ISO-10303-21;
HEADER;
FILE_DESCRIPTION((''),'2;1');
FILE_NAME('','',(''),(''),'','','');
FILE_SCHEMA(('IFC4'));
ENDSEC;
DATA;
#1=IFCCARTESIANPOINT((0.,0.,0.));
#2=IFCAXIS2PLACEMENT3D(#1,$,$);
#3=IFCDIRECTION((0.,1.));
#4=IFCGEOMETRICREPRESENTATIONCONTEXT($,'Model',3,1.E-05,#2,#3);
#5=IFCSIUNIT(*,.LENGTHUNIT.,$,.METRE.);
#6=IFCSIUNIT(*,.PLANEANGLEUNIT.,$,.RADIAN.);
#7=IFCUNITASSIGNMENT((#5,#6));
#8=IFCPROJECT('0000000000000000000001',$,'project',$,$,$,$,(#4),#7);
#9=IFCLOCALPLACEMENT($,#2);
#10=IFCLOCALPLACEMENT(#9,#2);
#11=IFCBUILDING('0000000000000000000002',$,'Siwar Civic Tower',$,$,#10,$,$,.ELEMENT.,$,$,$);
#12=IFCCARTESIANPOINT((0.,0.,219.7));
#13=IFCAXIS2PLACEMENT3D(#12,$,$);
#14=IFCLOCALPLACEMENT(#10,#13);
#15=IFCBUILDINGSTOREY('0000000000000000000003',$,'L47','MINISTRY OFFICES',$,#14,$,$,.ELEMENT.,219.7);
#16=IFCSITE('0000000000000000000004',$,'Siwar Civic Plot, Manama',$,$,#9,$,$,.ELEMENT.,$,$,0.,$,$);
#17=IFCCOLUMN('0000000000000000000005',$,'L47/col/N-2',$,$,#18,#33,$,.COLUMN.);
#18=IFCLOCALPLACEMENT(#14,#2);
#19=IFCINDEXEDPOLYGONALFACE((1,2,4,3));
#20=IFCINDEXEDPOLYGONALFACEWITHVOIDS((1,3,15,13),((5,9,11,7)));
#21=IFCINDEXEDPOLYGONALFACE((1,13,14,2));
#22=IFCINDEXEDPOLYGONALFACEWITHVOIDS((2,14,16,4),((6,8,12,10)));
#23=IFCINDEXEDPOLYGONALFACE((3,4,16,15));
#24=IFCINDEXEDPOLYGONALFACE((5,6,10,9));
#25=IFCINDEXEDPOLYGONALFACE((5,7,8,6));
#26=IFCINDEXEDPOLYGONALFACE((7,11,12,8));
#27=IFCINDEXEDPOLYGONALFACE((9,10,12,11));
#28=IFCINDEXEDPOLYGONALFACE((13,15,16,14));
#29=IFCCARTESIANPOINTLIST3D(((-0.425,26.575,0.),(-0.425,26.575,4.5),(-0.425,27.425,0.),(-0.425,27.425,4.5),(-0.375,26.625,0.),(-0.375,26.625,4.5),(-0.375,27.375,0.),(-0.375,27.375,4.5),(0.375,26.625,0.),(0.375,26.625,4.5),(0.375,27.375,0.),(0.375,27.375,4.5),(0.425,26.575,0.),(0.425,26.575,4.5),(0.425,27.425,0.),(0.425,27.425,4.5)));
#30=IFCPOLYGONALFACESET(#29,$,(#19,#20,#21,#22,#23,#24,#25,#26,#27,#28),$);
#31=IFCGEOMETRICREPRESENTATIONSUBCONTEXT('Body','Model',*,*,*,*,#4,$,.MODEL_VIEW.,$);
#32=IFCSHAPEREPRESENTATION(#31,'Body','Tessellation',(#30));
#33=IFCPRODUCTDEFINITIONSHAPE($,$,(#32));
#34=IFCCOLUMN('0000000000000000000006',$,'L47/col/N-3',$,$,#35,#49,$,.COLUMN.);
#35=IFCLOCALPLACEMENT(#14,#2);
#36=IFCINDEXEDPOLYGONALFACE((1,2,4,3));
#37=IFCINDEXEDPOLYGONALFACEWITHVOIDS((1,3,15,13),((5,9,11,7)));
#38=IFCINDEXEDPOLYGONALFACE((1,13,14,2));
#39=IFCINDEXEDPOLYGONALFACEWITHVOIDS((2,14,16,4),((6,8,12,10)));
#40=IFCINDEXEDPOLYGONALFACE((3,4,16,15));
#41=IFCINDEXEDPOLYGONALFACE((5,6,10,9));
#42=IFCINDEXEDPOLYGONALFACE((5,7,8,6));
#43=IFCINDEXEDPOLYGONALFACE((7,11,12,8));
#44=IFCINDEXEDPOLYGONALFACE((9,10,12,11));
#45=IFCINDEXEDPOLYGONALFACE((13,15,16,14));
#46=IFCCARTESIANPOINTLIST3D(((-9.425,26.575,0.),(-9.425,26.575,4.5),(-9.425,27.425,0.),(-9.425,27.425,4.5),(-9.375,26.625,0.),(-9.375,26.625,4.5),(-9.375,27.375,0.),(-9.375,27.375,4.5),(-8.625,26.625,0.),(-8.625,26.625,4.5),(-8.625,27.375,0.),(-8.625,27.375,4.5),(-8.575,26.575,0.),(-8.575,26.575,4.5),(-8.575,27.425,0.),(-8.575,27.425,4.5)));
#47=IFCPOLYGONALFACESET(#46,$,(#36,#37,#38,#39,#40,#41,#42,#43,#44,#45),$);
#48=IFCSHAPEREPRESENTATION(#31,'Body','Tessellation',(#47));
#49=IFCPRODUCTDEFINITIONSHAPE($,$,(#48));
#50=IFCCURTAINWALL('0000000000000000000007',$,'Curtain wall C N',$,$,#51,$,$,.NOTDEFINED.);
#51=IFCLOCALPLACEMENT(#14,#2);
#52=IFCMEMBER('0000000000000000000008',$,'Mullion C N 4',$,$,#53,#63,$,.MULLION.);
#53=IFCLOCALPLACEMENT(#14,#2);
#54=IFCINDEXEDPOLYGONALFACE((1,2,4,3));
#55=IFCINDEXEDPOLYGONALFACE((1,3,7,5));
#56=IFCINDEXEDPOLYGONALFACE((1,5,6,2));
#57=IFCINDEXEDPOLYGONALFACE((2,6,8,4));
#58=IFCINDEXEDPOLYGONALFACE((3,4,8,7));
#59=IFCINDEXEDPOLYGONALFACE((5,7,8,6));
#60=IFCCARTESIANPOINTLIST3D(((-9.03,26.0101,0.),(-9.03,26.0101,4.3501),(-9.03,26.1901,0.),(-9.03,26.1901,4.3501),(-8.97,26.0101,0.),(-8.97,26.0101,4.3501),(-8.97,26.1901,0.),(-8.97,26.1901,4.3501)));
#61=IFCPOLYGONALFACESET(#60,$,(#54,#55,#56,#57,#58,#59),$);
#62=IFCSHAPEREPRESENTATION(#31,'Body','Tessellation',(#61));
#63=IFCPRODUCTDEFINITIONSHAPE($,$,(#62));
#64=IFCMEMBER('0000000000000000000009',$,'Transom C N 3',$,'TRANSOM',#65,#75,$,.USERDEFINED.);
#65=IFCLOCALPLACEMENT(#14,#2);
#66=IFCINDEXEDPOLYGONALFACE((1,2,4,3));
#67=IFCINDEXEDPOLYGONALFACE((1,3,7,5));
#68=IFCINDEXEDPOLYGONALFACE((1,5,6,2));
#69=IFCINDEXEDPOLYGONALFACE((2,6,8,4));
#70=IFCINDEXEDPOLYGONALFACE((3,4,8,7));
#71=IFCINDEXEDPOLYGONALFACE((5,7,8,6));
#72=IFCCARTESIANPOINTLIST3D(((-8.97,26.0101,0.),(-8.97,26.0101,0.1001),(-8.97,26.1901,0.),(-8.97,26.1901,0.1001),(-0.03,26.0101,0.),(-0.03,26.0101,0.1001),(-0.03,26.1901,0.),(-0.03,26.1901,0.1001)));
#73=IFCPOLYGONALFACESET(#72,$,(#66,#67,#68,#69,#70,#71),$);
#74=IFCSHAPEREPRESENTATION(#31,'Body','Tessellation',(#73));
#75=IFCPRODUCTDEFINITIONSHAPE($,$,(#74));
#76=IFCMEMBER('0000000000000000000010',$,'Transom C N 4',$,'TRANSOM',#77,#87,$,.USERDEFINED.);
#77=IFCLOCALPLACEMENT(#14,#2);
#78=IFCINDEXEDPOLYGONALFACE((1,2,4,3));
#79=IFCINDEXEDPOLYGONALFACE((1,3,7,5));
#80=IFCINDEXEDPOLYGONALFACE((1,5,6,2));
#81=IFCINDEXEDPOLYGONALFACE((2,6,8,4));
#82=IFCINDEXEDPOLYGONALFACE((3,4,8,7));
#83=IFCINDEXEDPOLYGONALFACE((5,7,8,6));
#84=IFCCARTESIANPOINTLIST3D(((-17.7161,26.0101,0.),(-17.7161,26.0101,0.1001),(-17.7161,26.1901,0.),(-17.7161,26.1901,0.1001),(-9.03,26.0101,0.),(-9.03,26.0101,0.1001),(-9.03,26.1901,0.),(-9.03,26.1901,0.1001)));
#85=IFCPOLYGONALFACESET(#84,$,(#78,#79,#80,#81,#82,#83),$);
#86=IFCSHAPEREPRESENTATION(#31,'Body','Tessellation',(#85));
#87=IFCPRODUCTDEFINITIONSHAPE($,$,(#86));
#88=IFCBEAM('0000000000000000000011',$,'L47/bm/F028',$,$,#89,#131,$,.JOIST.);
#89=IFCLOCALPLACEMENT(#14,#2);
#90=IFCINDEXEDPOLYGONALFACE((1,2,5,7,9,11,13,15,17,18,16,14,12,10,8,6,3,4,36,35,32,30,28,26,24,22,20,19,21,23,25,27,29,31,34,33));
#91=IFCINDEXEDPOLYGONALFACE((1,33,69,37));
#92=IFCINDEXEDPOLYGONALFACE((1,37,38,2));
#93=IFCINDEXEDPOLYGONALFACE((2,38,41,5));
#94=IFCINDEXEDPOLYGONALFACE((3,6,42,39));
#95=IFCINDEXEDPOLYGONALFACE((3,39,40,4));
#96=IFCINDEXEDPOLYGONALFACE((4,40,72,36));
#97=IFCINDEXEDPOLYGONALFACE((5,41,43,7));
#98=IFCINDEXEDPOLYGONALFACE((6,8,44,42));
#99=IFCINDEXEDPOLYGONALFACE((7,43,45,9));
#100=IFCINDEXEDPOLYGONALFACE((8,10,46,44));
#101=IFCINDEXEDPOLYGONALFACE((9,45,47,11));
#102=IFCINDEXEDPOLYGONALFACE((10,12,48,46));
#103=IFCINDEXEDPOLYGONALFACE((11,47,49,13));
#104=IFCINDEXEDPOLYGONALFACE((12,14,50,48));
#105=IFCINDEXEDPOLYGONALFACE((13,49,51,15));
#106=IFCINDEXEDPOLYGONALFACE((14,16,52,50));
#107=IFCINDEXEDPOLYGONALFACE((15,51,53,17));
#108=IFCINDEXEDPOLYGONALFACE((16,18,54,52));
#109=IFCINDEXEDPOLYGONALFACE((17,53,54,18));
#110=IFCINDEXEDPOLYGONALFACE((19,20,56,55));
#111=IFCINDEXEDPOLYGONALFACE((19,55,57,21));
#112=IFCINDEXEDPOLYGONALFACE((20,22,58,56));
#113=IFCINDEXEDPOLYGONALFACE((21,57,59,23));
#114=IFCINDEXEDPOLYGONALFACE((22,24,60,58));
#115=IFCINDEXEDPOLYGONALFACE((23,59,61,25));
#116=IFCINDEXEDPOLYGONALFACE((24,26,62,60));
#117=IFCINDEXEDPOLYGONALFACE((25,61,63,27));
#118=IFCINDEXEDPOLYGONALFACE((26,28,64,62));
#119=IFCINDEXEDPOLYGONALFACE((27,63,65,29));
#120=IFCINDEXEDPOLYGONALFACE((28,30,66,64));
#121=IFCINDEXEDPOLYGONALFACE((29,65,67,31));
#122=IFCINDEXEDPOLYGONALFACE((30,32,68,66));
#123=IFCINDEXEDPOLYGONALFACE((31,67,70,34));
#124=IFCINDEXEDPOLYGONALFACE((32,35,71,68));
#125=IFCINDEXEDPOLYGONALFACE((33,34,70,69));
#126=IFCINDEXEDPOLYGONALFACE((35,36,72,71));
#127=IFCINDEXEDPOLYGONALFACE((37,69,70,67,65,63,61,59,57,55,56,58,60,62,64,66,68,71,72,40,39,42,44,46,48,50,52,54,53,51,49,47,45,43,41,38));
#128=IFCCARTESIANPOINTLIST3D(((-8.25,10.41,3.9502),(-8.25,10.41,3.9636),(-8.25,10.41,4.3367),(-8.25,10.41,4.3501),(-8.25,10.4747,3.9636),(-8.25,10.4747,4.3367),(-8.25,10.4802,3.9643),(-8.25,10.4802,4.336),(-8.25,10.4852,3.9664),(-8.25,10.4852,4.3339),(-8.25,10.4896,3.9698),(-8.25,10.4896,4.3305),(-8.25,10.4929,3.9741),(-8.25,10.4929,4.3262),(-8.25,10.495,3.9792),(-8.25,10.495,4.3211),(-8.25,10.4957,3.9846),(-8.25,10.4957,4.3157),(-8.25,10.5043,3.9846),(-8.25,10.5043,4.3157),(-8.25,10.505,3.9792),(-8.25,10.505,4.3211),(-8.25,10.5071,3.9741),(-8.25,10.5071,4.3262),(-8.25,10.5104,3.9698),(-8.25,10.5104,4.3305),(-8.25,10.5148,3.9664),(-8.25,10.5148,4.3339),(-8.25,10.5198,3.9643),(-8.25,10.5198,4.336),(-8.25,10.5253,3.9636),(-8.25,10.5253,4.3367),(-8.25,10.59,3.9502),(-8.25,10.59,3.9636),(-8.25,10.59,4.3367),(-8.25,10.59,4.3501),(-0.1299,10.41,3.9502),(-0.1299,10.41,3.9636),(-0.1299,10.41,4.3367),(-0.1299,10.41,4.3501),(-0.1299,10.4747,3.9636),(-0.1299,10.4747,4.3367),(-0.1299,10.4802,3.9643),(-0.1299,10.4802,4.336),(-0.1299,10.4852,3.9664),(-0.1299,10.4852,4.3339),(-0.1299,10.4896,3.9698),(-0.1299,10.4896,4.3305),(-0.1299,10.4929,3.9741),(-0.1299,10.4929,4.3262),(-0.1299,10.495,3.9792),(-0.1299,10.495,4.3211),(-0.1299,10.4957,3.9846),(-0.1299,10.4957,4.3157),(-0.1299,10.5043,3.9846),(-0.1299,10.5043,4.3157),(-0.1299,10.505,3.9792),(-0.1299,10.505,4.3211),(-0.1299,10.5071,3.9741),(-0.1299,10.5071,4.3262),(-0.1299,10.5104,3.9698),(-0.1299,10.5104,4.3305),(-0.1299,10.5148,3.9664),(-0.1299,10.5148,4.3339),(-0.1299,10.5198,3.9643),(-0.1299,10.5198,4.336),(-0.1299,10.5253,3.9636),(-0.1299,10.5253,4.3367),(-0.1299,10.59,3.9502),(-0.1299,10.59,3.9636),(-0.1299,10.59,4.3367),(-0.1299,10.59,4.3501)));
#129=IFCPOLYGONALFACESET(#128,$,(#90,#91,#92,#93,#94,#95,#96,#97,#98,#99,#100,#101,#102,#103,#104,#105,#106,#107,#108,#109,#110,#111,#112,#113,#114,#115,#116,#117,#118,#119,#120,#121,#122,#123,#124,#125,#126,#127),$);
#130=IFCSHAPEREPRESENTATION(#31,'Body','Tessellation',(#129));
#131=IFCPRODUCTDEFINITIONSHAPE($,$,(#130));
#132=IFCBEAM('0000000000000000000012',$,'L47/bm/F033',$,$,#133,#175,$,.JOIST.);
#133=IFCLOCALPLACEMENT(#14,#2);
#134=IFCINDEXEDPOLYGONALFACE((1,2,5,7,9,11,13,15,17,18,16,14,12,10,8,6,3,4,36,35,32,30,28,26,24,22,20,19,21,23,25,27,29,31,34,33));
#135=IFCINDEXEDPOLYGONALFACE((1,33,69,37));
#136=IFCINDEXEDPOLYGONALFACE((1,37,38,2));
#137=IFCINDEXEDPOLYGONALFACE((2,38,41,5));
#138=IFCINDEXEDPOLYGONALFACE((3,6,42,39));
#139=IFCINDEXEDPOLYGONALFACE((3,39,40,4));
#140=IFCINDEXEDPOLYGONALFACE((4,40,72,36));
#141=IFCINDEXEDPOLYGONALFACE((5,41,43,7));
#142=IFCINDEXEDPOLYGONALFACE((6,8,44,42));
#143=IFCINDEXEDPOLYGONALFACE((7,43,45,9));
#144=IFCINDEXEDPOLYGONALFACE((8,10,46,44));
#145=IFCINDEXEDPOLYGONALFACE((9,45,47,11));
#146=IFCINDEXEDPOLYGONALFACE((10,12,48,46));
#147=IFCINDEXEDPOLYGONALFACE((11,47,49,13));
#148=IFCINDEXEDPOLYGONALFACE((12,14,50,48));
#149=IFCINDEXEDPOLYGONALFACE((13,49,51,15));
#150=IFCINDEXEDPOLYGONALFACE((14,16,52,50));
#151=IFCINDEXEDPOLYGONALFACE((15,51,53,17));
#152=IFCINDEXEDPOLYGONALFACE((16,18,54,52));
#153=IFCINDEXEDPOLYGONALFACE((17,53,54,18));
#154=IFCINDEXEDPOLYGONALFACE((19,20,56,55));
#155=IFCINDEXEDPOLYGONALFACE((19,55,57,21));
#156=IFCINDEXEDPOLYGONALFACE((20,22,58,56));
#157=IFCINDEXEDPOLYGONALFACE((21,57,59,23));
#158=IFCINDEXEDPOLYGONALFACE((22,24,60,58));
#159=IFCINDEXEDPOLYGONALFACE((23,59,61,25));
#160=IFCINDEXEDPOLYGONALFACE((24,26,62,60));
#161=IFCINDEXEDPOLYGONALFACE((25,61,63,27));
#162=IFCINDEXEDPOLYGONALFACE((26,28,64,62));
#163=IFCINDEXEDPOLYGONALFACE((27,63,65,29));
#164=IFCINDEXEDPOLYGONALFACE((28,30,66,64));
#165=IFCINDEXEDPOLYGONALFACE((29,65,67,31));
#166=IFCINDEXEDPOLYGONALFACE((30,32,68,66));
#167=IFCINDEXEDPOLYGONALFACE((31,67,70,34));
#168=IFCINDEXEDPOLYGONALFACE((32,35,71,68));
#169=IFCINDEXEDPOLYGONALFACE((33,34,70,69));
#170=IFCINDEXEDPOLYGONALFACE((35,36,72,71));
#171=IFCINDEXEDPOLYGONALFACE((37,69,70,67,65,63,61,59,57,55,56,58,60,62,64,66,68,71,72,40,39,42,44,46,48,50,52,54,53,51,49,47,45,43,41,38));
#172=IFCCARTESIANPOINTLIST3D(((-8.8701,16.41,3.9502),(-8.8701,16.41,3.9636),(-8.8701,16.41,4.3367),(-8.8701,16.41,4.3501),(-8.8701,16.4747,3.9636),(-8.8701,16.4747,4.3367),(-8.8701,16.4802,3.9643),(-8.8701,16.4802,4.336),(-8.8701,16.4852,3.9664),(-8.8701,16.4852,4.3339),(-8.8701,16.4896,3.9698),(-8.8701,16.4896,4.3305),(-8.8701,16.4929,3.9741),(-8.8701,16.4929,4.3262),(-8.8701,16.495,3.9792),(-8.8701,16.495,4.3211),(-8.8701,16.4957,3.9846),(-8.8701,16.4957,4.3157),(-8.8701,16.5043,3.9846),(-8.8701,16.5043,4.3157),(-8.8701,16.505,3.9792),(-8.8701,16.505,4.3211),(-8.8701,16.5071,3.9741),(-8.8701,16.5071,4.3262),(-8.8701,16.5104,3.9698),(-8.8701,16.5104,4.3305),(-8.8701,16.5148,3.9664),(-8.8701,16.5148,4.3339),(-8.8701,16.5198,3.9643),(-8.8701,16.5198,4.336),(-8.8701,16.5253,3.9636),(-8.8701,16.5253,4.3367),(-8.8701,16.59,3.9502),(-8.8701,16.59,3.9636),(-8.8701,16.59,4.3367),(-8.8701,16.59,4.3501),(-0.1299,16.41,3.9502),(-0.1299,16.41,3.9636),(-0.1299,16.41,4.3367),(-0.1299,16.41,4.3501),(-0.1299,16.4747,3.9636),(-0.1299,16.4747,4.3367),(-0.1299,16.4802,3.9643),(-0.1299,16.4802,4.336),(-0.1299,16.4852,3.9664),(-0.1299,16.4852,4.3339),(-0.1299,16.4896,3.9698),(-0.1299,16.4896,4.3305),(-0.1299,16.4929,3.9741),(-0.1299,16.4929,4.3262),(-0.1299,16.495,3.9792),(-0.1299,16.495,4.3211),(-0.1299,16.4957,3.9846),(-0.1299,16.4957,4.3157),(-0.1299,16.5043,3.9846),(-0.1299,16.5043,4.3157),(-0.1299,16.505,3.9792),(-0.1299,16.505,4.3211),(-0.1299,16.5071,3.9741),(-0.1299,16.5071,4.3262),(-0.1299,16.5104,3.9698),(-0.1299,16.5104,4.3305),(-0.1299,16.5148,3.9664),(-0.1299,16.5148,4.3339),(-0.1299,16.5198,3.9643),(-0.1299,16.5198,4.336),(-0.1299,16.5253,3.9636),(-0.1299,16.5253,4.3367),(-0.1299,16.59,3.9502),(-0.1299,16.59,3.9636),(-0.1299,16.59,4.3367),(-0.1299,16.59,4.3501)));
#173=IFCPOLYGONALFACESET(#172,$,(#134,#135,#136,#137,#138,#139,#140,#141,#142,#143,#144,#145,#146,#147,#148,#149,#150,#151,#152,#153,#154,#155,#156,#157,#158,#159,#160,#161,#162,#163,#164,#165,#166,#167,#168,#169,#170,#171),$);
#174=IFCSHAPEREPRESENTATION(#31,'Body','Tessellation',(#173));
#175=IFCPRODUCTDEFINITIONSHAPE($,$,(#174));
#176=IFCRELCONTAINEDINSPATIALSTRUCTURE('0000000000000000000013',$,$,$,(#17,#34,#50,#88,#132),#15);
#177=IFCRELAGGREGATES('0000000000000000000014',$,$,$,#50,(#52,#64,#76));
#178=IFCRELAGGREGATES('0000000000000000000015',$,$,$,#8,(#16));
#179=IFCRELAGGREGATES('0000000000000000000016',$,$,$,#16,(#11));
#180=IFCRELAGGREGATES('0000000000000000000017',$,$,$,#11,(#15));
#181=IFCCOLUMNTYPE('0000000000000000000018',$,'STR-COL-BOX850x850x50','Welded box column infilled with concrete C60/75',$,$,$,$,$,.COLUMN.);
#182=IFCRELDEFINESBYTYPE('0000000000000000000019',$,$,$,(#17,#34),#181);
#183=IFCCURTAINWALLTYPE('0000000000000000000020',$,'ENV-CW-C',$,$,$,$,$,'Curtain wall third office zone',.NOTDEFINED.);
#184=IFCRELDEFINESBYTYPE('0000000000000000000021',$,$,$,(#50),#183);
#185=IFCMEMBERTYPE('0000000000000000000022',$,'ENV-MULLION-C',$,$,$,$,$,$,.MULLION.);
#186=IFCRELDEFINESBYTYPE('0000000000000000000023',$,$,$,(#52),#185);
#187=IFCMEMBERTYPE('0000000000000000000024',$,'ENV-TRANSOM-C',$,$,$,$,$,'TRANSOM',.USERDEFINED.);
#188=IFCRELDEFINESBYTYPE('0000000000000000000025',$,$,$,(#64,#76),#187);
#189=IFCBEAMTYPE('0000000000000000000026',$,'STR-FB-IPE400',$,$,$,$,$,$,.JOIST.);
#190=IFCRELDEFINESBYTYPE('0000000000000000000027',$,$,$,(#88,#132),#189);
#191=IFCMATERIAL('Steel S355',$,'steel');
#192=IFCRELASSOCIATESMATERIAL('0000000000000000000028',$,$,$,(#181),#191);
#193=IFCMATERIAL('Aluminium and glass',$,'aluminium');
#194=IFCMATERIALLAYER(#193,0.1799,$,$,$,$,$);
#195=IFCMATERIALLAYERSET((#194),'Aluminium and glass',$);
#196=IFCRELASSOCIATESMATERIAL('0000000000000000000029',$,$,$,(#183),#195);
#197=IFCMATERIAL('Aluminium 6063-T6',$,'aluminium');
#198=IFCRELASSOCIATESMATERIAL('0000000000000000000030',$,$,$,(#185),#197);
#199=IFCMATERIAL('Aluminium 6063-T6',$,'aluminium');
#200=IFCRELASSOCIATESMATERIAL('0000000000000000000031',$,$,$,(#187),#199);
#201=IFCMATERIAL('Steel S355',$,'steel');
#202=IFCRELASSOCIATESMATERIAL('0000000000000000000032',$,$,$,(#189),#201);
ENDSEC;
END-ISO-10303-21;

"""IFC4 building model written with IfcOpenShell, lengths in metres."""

from ifc_helpers import new_model, si_unit, direction, frame, origin, origin_2d, place, context, subcontext, project, spatial, rectangle, hollow_rectangle, i_section, extrude, material, layer, layer_set, material_profile, profile_set, type_object, element, aggregate, save


model = new_model("IFC4")

# Units and contexts
model_context = context("Model", 3, precision=1e-05, world=origin(), true_north=direction((0.0, 1.0)))
body_context = subcontext(model_context, "Body", "Model", "MODEL_VIEW")
ifc_project = project(units=[si_unit("LENGTHUNIT", "METRE"), si_unit("PLANEANGLEUNIT", "RADIAN")], contexts=[model_context])

# Site, building, storey
site_placement = place(None, origin())
site = spatial("IfcSite", under=ifc_project, at=site_placement, Name="Siwar Civic Plot, Manama", CompositionType="ELEMENT", RefElevation=0.0)
building_placement = place(site_placement, origin())
building = spatial("IfcBuilding", under=site, at=building_placement, Name="Siwar Civic Tower", CompositionType="ELEMENT")
storey_placement = place(building_placement, frame((0.0, 0.0, 219.7)))
storey = spatial("IfcBuildingStorey", under=building, at=storey_placement, Name="L47", Description="MINISTRY OFFICES", CompositionType="ELEMENT", Elevation=219.7)

# Columns
ifc_material_1 = material(Name="Steel S355", Category="steel")
ifc_material_profile_1 = material_profile(ifc_material_1, hollow_rectangle(XDim=0.8501, YDim=0.8501, WallThickness=0.05, at=origin_2d()), Name="BOX850x850x50")
ifc_profile_set_1 = profile_set([ifc_material_profile_1], Name="Steel S355")
column_type = type_object("IfcColumnType", Name="STR-COL-BOX850x850x50", Description="Welded box column infilled with concrete C60/75", PredefinedType="COLUMN", material=ifc_profile_set_1)
for number, where, z_axis, x_axis, name in (
    (1, (0.0, 27.0, 0.0), (0.0, 0.0, 1.0), (1.0, 0.0, 0.0), "L47/col/N-2"),
    (2, (-9.0, 27.0, 0.0), (0.0, 0.0, 1.0), (1.0, 0.0, 0.0), "L47/col/N-3"),
):
    element("IfcColumn", number, at=place(storey_placement, frame(where, z_axis=z_axis, x_axis=x_axis)), inside=storey, type_object=column_type, Name=name, PredefinedType="COLUMN", context=body_context, shape_type="SweptSolid", body=[
        extrude(hollow_rectangle(XDim=0.8501, YDim=0.8501, WallThickness=0.05, at=origin_2d()), origin(), (0.0, 0.0, 1.0), 4.5),
    ])

# Curtain wall, members
ifc_material_2 = material(Name="Aluminium and glass", Category="aluminium")
ifc_layer_1 = layer(ifc_material_2, 0.1799)
ifc_layer_set_1 = layer_set([ifc_layer_1], Name="Aluminium and glass")
curtain_wall_type = type_object("IfcCurtainWallType", Name="ENV-CW-C", ElementType="Curtain wall third office zone", PredefinedType="NOTDEFINED", material=ifc_layer_set_1)
curtain_wall_placement = place(storey_placement, origin())
curtain_wall = element("IfcCurtainWall", 3, at=curtain_wall_placement, inside=storey, type_object=curtain_wall_type, Name="Curtain wall C N", PredefinedType="NOTDEFINED")
ifc_material_3 = material(Name="Aluminium 6063-T6", Category="aluminium")
ifc_material_profile_2 = material_profile(ifc_material_3, rectangle(XDim=0.1799, YDim=0.0601, at=origin_2d()), Name="AL 180x60")
ifc_profile_set_2 = profile_set([ifc_material_profile_2], Name="Aluminium 6063-T6")
member_type_1 = type_object("IfcMemberType", Name="ENV-MULLION-C", PredefinedType="MULLION", material=ifc_profile_set_2)
member_1_placement = place(storey_placement, frame((-9.0, 26.1001, 0.0), z_axis=(0.0, 0.0, 1.0), x_axis=(0.0, -1.0, 0.0)))
member_1 = element("IfcMember", 4, at=member_1_placement, type_object=member_type_1, Name="Mullion C N 4", PredefinedType="MULLION", context=body_context, shape_type="SweptSolid", body=[
    extrude(rectangle(XDim=0.1799, YDim=0.0601, at=origin_2d()), origin(), (0.0, 0.0, 1.0), 4.3501),
])
ifc_material_4 = material(Name="Aluminium 6063-T6", Category="aluminium")
ifc_material_profile_3 = material_profile(ifc_material_4, rectangle(XDim=0.1799, YDim=0.1001, at=origin_2d()), Name="AL 180x100")
ifc_profile_set_3 = profile_set([ifc_material_profile_3], Name="Aluminium 6063-T6")
member_type_2 = type_object("IfcMemberType", Name="ENV-TRANSOM-C", ElementType="TRANSOM", PredefinedType="USERDEFINED", material=ifc_profile_set_3)
member_2_placement = place(storey_placement, frame((-0.03, 26.1001, 0.05), z_axis=(-1.0, 0.0, 0.0), x_axis=(0.0, -1.0, 0.0)))
member_2 = element("IfcMember", 5, at=member_2_placement, type_object=member_type_2, Name="Transom C N 3", ObjectType="TRANSOM", PredefinedType="USERDEFINED", context=body_context, shape_type="SweptSolid", body=[
    extrude(rectangle(XDim=0.1799, YDim=0.1001, at=origin_2d()), origin(), (0.0, 0.0, 1.0), 8.9399),
])
member_3_placement = place(storey_placement, frame((-9.03, 26.1001, 0.05), z_axis=(-1.0, 0.0, 0.0), x_axis=(0.0, -1.0, 0.0)))
member_3 = element("IfcMember", 6, at=member_3_placement, type_object=member_type_2, Name="Transom C N 4", ObjectType="TRANSOM", PredefinedType="USERDEFINED", context=body_context, shape_type="SweptSolid", body=[
    extrude(rectangle(XDim=0.1799, YDim=0.1001, at=origin_2d()), origin(), (0.0, 0.0, 1.0), 8.686),
])

# Beams
ifc_material_5 = material(Name="Steel S355", Category="steel")
ifc_material_profile_4 = material_profile(ifc_material_5, i_section(OverallWidth=0.1799, OverallDepth=0.3999, WebThickness=0.0085, FlangeThickness=0.0134, FilletRadius=0.021, at=origin_2d()), Name="IPE400")
ifc_profile_set_4 = profile_set([ifc_material_profile_4], Name="Steel S355")
beam_type_1 = type_object("IfcBeamType", Name="STR-FB-IPE400", PredefinedType="JOIST", material=ifc_profile_set_4)
beam_1_placement = place(storey_placement, frame((-8.25, 10.5, 4.1501), z_axis=(1.0, 0.0, 0.0), x_axis=(0.0, 1.0, 0.0)))
element("IfcBeam", 7, at=beam_1_placement, inside=storey, type_object=beam_type_1, Name="L47/bm/F028", PredefinedType="JOIST", context=body_context, shape_type="SweptSolid", body=[
    extrude(i_section(OverallWidth=0.1799, OverallDepth=0.3999, WebThickness=0.0085, FlangeThickness=0.0134, FilletRadius=0.021, at=origin_2d()), origin(), (0.0, 0.0, 1.0), 8.1201),
])
for number, where, z_axis, x_axis, name in (
    (8, (-8.8701, 16.5, 4.1501), (1.0, 0.0, 0.0), (0.0, 1.0, 0.0), "L47/bm/F033"),
):
    element("IfcBeam", number, at=place(storey_placement, frame(where, z_axis=z_axis, x_axis=x_axis)), inside=storey, type_object=beam_type_1, Name=name, PredefinedType="JOIST", context=body_context, shape_type="SweptSolid", body=[
        extrude(i_section(OverallWidth=0.1799, OverallDepth=0.3999, WebThickness=0.0085, FlangeThickness=0.0134, FilletRadius=0.021, at=origin_2d()), origin(), (0.0, 0.0, 1.0), 8.7402),
    ])

aggregate(curtain_wall, [member_1, member_2, member_3])

save(model, "model.ifc")
